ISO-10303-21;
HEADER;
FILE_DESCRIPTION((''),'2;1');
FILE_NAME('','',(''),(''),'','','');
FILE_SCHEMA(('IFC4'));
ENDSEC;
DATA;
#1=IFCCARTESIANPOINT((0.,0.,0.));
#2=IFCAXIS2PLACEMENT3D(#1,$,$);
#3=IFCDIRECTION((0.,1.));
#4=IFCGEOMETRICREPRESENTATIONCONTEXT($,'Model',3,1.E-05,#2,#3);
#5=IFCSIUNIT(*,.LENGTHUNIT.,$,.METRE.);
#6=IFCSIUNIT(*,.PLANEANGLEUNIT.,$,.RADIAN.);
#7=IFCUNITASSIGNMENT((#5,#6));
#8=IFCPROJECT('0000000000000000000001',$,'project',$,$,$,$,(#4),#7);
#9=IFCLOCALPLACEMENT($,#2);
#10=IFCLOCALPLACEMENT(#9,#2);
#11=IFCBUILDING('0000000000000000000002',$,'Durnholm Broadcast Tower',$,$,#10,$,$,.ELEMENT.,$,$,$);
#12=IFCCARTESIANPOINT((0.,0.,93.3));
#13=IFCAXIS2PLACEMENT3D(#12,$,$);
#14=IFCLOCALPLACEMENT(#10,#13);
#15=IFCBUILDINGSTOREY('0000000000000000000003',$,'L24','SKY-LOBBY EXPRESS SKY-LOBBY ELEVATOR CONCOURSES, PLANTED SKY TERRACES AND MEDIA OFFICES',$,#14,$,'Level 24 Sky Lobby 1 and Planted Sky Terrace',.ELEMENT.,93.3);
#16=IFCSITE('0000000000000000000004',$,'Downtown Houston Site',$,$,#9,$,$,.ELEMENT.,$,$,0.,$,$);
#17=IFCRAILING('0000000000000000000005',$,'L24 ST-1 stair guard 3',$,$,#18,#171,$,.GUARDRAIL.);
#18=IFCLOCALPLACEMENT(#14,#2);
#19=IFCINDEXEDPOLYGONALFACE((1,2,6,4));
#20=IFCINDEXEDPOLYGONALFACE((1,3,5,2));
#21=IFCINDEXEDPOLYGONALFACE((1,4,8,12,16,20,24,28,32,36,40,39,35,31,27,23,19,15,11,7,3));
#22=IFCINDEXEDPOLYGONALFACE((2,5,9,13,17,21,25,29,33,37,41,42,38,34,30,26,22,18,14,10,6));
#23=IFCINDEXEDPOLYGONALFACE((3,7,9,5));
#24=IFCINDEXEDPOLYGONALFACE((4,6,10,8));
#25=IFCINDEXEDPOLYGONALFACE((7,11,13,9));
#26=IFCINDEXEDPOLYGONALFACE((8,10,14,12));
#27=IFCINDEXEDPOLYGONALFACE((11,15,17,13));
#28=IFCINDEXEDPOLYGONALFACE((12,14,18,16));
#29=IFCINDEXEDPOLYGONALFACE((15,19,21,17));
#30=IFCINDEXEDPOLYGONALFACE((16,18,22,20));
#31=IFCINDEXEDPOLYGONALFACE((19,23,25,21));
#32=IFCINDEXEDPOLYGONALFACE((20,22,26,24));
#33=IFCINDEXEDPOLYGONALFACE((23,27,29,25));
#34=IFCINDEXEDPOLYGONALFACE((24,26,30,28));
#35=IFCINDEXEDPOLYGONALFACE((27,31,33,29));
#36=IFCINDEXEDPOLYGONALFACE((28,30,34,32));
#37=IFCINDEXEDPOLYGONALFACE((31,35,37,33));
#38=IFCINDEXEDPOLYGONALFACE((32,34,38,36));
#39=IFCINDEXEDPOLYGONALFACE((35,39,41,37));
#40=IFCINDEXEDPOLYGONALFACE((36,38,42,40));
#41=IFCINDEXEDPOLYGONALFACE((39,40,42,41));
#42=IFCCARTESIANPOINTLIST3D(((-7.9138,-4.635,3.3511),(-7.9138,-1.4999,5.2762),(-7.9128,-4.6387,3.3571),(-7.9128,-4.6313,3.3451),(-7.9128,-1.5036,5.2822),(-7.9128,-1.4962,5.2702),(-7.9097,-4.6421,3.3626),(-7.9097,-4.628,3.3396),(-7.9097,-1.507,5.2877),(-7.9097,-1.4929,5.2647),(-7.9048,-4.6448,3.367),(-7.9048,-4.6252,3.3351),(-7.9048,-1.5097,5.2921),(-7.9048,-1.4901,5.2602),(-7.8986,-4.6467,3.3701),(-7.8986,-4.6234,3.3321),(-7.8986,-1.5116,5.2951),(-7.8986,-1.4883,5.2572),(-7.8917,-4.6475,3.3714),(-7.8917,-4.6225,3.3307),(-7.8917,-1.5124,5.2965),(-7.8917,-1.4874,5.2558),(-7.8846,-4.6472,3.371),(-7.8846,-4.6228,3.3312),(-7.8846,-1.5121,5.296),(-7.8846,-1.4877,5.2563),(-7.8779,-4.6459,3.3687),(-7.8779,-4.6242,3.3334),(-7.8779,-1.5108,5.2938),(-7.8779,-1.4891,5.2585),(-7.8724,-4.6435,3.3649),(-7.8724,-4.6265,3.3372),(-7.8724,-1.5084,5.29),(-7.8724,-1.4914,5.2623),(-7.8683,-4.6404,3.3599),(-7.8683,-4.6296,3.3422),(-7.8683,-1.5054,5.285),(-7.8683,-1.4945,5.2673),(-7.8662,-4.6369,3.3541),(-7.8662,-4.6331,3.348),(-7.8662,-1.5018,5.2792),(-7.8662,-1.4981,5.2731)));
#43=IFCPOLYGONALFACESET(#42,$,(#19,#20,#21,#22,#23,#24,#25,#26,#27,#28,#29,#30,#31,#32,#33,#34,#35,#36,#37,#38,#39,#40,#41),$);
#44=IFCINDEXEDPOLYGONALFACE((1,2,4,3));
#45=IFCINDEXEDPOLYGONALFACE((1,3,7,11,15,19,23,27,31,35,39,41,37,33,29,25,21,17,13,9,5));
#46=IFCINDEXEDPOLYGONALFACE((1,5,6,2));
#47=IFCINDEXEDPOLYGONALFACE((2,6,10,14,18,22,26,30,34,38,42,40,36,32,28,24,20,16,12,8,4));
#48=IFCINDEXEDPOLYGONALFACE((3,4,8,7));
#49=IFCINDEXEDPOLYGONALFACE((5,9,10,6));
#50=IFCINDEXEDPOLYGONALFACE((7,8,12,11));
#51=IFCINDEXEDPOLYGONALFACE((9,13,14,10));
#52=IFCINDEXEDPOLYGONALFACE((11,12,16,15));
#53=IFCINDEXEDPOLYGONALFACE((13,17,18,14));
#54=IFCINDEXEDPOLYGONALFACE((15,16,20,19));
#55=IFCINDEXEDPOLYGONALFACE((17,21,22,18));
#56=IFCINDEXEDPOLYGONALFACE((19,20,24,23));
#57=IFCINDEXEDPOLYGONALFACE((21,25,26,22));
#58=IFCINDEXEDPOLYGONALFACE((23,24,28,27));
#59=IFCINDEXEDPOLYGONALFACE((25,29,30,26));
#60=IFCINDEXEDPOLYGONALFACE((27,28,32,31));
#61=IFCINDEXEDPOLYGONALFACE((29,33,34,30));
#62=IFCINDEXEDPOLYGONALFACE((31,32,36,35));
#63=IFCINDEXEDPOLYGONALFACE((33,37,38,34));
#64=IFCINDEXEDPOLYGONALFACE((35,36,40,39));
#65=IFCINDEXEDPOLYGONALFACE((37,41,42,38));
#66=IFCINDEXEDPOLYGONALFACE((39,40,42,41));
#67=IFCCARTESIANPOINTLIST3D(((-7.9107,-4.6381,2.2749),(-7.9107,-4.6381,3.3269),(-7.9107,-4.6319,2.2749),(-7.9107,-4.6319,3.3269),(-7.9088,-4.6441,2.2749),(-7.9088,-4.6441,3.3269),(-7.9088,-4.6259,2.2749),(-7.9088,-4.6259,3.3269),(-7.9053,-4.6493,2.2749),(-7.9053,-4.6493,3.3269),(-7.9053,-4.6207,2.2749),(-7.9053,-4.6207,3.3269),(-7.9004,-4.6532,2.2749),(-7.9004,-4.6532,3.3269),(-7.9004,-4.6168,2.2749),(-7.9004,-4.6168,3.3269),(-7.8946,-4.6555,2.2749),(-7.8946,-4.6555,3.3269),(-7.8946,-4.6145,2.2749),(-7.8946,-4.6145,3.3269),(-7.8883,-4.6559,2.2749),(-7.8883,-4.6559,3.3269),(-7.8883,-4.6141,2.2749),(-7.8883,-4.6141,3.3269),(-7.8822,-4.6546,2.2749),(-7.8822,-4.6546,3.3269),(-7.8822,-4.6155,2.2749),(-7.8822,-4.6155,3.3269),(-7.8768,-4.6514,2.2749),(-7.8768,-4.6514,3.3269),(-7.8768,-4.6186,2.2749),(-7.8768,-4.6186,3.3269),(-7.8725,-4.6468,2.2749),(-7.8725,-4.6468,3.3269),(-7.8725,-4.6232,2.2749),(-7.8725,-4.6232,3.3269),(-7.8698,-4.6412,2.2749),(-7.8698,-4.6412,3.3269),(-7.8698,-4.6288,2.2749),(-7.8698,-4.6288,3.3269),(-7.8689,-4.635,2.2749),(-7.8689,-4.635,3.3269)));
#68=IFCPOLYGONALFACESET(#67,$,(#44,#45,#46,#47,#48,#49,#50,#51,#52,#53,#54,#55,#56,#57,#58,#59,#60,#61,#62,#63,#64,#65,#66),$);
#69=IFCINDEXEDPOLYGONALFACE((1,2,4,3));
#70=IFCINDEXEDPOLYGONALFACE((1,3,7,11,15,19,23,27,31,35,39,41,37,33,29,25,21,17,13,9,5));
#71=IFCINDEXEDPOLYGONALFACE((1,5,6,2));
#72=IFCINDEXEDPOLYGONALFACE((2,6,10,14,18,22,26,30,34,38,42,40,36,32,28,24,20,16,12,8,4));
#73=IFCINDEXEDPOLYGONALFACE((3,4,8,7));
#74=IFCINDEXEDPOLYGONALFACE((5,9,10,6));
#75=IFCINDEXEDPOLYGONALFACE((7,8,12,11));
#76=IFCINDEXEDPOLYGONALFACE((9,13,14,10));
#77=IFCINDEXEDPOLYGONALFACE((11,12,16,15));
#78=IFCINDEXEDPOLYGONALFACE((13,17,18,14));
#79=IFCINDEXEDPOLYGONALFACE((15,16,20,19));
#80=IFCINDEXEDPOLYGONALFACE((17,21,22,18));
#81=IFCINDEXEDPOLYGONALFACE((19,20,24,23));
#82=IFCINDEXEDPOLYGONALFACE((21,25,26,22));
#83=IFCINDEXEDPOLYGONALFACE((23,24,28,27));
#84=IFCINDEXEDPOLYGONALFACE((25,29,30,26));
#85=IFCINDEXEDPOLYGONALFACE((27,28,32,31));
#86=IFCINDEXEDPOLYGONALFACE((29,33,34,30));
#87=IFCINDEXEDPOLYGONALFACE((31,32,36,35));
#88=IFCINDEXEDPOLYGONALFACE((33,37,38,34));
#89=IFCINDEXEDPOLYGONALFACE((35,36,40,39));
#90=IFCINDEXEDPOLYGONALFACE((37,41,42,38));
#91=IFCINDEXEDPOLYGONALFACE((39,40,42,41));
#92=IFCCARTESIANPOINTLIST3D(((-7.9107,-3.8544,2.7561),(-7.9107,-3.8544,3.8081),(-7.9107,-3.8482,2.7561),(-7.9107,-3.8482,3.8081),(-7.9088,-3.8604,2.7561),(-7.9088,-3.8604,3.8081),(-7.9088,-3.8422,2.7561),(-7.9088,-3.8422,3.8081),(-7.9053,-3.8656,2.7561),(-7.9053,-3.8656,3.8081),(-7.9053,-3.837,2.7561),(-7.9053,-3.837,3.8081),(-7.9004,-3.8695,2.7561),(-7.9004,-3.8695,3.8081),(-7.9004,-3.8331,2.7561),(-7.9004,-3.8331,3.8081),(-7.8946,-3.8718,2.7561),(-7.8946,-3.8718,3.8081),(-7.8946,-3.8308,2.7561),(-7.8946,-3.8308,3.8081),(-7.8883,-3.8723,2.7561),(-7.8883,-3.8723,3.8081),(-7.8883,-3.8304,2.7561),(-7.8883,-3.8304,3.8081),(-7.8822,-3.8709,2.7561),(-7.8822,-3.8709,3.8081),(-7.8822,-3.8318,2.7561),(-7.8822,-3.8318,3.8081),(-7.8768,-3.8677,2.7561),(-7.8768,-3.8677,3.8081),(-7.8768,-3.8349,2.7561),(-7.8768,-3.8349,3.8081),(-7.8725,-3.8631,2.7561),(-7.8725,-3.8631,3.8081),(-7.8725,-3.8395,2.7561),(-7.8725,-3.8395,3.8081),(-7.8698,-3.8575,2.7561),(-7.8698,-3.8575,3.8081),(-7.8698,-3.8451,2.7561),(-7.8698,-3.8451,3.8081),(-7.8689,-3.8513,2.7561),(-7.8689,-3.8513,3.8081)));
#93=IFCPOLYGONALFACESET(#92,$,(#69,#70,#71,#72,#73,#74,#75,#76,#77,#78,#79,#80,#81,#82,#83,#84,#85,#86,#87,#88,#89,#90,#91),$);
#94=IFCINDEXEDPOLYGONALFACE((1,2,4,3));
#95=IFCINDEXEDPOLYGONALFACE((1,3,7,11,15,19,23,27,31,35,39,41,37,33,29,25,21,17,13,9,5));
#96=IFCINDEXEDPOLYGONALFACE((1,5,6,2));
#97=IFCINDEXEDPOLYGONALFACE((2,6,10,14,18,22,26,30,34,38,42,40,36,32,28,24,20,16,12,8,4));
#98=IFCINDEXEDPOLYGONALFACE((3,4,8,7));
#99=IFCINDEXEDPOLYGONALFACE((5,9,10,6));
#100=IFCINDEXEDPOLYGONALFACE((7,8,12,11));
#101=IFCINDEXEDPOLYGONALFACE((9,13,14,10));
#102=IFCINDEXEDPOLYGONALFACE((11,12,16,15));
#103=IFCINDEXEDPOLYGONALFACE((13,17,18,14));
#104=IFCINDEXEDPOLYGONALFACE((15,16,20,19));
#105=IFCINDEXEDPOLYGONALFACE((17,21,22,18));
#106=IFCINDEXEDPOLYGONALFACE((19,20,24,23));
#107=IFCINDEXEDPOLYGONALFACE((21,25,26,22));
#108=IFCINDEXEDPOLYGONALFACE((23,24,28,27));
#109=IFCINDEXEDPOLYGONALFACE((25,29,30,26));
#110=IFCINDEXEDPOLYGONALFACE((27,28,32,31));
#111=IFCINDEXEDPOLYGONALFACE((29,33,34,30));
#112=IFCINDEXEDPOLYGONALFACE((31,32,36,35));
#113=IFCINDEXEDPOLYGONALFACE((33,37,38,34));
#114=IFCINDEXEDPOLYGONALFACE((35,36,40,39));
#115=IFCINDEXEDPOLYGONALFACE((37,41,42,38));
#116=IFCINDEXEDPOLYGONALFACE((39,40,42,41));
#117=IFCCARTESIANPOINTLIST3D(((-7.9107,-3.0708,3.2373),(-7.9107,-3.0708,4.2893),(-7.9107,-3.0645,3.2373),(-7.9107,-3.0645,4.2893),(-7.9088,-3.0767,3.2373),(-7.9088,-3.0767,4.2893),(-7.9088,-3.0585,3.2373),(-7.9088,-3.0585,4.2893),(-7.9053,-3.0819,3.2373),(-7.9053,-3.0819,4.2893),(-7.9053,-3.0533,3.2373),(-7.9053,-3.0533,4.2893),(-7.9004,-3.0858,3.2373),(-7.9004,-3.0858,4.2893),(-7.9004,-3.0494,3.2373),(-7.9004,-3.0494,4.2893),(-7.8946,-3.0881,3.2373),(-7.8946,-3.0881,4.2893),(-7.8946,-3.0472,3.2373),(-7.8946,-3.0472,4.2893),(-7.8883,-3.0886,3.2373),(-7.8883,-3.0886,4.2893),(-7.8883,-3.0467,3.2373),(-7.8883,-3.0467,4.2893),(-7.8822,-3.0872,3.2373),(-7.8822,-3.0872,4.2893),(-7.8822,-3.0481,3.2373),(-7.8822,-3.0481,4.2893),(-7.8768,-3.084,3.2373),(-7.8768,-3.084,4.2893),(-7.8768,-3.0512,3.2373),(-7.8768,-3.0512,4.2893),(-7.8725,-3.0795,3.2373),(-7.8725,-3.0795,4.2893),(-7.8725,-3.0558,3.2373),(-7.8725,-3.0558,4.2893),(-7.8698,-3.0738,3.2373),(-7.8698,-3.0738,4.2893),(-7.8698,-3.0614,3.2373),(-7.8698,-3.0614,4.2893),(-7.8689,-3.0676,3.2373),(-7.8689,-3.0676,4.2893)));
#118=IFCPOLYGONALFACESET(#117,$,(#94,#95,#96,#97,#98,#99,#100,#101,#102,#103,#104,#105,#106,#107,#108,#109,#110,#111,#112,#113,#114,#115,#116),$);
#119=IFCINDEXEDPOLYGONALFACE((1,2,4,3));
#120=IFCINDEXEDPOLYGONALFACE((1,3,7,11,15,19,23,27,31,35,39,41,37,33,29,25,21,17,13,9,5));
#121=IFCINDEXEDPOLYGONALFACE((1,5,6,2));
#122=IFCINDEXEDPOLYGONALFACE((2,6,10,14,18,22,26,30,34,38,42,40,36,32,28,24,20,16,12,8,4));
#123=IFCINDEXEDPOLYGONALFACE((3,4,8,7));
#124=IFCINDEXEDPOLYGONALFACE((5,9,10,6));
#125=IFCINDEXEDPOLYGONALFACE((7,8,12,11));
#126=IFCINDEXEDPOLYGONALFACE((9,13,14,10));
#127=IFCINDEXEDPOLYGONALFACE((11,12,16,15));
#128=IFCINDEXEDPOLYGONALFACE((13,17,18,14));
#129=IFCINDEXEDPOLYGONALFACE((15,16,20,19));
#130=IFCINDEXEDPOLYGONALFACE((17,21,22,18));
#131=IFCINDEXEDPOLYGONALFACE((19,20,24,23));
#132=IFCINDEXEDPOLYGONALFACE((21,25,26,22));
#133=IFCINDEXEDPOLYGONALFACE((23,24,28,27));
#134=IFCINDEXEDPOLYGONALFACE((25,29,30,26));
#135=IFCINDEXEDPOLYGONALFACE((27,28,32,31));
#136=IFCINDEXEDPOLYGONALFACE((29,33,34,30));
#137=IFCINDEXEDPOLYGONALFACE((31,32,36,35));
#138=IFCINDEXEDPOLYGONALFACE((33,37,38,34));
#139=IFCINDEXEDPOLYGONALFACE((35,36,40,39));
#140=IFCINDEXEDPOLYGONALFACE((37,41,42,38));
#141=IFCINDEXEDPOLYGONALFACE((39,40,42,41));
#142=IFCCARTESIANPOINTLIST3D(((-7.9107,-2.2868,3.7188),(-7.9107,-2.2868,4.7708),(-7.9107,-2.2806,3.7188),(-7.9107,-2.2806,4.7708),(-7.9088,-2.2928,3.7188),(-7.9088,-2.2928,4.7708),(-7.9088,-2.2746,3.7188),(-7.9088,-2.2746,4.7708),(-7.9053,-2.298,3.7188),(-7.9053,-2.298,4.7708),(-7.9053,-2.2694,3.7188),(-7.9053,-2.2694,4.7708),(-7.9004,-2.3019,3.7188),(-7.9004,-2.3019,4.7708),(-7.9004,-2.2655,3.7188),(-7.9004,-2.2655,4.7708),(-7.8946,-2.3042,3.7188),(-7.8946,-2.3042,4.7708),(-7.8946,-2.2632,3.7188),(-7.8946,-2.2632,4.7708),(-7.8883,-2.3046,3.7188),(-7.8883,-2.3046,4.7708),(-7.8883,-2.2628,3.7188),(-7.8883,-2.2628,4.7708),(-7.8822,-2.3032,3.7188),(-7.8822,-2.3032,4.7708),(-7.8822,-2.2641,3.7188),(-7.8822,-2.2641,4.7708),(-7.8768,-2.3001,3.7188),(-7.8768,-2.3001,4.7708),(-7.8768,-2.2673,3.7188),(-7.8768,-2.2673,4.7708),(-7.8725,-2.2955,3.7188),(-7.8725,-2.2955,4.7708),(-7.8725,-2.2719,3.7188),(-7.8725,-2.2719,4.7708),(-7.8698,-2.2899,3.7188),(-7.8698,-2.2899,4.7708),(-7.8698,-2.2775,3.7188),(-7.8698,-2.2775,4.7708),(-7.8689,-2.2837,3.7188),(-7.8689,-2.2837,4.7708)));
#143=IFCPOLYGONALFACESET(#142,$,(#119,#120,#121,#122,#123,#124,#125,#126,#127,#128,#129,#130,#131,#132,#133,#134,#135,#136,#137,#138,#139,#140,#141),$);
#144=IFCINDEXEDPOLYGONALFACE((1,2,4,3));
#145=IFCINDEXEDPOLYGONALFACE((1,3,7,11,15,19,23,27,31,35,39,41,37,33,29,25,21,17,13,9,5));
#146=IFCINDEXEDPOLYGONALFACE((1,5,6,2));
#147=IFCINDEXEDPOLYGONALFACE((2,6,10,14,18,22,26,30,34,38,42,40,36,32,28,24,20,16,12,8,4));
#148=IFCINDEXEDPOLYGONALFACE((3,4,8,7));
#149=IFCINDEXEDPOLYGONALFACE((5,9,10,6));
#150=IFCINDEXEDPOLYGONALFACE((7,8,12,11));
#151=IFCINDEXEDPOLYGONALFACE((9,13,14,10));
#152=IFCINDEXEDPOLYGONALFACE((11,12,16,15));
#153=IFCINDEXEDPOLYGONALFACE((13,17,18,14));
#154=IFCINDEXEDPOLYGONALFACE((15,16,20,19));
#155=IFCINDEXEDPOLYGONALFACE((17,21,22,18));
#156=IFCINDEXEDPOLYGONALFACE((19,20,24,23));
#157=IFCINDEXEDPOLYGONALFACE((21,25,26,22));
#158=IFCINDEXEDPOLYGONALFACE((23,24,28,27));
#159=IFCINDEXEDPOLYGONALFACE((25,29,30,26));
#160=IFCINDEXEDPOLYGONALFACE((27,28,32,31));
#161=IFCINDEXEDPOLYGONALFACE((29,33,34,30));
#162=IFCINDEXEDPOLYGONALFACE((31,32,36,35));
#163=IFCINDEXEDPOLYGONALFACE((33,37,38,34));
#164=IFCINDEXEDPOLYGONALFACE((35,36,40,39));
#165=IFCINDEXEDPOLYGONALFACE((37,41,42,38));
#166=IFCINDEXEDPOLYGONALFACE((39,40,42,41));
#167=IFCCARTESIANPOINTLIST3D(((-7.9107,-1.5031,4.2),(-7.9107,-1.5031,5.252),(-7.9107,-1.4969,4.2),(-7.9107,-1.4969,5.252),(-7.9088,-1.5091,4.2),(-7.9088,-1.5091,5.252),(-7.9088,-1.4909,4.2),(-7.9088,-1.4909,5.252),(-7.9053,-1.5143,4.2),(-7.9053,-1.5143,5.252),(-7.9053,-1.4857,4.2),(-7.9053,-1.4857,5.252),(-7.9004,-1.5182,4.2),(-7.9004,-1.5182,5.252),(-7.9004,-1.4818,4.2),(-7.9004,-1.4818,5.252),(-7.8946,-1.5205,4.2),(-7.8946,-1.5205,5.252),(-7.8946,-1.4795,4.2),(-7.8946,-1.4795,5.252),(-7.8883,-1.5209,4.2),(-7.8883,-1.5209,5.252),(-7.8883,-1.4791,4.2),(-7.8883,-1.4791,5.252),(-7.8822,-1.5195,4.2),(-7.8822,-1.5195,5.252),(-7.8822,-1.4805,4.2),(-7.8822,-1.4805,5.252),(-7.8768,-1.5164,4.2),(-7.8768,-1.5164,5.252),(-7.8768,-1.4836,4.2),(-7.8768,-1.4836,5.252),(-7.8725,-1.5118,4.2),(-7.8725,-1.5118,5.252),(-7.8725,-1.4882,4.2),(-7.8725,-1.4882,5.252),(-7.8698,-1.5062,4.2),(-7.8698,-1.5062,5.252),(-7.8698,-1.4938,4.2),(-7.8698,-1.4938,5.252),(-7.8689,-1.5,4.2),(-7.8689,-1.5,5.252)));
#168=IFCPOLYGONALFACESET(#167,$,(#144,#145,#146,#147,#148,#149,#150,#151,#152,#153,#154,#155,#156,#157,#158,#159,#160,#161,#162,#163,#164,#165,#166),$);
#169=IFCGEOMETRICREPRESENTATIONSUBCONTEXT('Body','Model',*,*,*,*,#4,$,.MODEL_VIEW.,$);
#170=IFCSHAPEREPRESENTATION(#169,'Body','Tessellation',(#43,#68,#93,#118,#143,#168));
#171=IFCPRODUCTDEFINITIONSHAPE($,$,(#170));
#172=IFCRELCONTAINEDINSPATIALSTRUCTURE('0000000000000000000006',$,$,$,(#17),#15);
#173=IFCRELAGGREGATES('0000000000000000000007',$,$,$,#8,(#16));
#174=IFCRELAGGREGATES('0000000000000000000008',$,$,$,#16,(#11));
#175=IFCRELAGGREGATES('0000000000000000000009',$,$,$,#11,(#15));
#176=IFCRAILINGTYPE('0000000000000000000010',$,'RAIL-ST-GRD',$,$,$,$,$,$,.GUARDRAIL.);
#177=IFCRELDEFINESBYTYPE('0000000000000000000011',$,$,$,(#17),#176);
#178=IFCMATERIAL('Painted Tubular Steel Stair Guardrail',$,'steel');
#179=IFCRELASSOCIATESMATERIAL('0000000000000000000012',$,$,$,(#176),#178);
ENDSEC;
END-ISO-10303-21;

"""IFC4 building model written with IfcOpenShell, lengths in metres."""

from ifc_helpers import new_model, si_unit, direction, frame, origin, origin_2d, place, context, subcontext, project, spatial, circle, extrude, material, type_object, element, save


model = new_model("IFC4")

# Units and contexts
model_context = context("Model", 3, precision=1e-05, world=origin(), true_north=direction((0.0, 1.0)))
body_context = subcontext(model_context, "Body", "Model", "MODEL_VIEW")
ifc_project = project(units=[si_unit("LENGTHUNIT", "METRE"), si_unit("PLANEANGLEUNIT", "RADIAN")], contexts=[model_context])

# Site, building, storey
site_placement = place(None, origin())
site = spatial("IfcSite", under=ifc_project, at=site_placement, Name="Downtown Houston Site", CompositionType="ELEMENT", RefElevation=0.0)
building_placement = place(site_placement, origin())
building = spatial("IfcBuilding", under=site, at=building_placement, Name="Durnholm Broadcast Tower", CompositionType="ELEMENT")
storey_placement = place(building_placement, frame((0.0, 0.0, 93.3)))
storey = spatial("IfcBuildingStorey", under=building, at=storey_placement, Name="L24", Description="SKY-LOBBY EXPRESS SKY-LOBBY ELEVATOR CONCOURSES, PLANTED SKY TERRACES AND MEDIA OFFICES", LongName="Level 24 Sky Lobby 1 and Planted Sky Terrace", CompositionType="ELEMENT", Elevation=93.3)

# Railing
ifc_material_1 = material(Name="Painted Tubular Steel Stair Guardrail", Category="steel")
railing_type_1 = type_object("IfcRailingType", Name="RAIL-ST-GRD", PredefinedType="GUARDRAIL", material=ifc_material_1)
railing_1_placement = place(storey_placement, frame((-7.8899, -4.635, 2.2749)))
element("IfcRailing", 1, at=railing_1_placement, inside=storey, type_object=railing_type_1, Name="L24 ST-1 stair guard 3", PredefinedType="GUARDRAIL", context=body_context, shape_type="SweptSolid", body=[
    extrude(circle(Radius=0.0239, at=origin_2d()), frame((0.0, 0.0, 1.0762), z_axis=(0.0, 0.852166, 0.523271), x_axis=(-1.0, 0.0, 0.0)), (0.0, 0.0, 1.0), 3.679),
    extrude(circle(Radius=0.021, at=origin_2d()), origin(), (0.0, 0.0, 1.0), 1.052),
    extrude(circle(Radius=0.021, at=origin_2d()), frame((0.0, 0.7837, 0.4812)), (0.0, 0.0, 1.0), 1.052),
    extrude(circle(Radius=0.021, at=origin_2d()), frame((0.0, 1.5674, 0.9624)), (0.0, 0.0, 1.0), 1.052),
    extrude(circle(Radius=0.021, at=origin_2d()), frame((0.0, 2.3513, 1.4438)), (0.0, 0.0, 1.0), 1.052),
    extrude(circle(Radius=0.021, at=origin_2d()), frame((0.0, 3.135, 1.925)), (0.0, 0.0, 1.0), 1.052),
])

save(model, "model.ifc")
